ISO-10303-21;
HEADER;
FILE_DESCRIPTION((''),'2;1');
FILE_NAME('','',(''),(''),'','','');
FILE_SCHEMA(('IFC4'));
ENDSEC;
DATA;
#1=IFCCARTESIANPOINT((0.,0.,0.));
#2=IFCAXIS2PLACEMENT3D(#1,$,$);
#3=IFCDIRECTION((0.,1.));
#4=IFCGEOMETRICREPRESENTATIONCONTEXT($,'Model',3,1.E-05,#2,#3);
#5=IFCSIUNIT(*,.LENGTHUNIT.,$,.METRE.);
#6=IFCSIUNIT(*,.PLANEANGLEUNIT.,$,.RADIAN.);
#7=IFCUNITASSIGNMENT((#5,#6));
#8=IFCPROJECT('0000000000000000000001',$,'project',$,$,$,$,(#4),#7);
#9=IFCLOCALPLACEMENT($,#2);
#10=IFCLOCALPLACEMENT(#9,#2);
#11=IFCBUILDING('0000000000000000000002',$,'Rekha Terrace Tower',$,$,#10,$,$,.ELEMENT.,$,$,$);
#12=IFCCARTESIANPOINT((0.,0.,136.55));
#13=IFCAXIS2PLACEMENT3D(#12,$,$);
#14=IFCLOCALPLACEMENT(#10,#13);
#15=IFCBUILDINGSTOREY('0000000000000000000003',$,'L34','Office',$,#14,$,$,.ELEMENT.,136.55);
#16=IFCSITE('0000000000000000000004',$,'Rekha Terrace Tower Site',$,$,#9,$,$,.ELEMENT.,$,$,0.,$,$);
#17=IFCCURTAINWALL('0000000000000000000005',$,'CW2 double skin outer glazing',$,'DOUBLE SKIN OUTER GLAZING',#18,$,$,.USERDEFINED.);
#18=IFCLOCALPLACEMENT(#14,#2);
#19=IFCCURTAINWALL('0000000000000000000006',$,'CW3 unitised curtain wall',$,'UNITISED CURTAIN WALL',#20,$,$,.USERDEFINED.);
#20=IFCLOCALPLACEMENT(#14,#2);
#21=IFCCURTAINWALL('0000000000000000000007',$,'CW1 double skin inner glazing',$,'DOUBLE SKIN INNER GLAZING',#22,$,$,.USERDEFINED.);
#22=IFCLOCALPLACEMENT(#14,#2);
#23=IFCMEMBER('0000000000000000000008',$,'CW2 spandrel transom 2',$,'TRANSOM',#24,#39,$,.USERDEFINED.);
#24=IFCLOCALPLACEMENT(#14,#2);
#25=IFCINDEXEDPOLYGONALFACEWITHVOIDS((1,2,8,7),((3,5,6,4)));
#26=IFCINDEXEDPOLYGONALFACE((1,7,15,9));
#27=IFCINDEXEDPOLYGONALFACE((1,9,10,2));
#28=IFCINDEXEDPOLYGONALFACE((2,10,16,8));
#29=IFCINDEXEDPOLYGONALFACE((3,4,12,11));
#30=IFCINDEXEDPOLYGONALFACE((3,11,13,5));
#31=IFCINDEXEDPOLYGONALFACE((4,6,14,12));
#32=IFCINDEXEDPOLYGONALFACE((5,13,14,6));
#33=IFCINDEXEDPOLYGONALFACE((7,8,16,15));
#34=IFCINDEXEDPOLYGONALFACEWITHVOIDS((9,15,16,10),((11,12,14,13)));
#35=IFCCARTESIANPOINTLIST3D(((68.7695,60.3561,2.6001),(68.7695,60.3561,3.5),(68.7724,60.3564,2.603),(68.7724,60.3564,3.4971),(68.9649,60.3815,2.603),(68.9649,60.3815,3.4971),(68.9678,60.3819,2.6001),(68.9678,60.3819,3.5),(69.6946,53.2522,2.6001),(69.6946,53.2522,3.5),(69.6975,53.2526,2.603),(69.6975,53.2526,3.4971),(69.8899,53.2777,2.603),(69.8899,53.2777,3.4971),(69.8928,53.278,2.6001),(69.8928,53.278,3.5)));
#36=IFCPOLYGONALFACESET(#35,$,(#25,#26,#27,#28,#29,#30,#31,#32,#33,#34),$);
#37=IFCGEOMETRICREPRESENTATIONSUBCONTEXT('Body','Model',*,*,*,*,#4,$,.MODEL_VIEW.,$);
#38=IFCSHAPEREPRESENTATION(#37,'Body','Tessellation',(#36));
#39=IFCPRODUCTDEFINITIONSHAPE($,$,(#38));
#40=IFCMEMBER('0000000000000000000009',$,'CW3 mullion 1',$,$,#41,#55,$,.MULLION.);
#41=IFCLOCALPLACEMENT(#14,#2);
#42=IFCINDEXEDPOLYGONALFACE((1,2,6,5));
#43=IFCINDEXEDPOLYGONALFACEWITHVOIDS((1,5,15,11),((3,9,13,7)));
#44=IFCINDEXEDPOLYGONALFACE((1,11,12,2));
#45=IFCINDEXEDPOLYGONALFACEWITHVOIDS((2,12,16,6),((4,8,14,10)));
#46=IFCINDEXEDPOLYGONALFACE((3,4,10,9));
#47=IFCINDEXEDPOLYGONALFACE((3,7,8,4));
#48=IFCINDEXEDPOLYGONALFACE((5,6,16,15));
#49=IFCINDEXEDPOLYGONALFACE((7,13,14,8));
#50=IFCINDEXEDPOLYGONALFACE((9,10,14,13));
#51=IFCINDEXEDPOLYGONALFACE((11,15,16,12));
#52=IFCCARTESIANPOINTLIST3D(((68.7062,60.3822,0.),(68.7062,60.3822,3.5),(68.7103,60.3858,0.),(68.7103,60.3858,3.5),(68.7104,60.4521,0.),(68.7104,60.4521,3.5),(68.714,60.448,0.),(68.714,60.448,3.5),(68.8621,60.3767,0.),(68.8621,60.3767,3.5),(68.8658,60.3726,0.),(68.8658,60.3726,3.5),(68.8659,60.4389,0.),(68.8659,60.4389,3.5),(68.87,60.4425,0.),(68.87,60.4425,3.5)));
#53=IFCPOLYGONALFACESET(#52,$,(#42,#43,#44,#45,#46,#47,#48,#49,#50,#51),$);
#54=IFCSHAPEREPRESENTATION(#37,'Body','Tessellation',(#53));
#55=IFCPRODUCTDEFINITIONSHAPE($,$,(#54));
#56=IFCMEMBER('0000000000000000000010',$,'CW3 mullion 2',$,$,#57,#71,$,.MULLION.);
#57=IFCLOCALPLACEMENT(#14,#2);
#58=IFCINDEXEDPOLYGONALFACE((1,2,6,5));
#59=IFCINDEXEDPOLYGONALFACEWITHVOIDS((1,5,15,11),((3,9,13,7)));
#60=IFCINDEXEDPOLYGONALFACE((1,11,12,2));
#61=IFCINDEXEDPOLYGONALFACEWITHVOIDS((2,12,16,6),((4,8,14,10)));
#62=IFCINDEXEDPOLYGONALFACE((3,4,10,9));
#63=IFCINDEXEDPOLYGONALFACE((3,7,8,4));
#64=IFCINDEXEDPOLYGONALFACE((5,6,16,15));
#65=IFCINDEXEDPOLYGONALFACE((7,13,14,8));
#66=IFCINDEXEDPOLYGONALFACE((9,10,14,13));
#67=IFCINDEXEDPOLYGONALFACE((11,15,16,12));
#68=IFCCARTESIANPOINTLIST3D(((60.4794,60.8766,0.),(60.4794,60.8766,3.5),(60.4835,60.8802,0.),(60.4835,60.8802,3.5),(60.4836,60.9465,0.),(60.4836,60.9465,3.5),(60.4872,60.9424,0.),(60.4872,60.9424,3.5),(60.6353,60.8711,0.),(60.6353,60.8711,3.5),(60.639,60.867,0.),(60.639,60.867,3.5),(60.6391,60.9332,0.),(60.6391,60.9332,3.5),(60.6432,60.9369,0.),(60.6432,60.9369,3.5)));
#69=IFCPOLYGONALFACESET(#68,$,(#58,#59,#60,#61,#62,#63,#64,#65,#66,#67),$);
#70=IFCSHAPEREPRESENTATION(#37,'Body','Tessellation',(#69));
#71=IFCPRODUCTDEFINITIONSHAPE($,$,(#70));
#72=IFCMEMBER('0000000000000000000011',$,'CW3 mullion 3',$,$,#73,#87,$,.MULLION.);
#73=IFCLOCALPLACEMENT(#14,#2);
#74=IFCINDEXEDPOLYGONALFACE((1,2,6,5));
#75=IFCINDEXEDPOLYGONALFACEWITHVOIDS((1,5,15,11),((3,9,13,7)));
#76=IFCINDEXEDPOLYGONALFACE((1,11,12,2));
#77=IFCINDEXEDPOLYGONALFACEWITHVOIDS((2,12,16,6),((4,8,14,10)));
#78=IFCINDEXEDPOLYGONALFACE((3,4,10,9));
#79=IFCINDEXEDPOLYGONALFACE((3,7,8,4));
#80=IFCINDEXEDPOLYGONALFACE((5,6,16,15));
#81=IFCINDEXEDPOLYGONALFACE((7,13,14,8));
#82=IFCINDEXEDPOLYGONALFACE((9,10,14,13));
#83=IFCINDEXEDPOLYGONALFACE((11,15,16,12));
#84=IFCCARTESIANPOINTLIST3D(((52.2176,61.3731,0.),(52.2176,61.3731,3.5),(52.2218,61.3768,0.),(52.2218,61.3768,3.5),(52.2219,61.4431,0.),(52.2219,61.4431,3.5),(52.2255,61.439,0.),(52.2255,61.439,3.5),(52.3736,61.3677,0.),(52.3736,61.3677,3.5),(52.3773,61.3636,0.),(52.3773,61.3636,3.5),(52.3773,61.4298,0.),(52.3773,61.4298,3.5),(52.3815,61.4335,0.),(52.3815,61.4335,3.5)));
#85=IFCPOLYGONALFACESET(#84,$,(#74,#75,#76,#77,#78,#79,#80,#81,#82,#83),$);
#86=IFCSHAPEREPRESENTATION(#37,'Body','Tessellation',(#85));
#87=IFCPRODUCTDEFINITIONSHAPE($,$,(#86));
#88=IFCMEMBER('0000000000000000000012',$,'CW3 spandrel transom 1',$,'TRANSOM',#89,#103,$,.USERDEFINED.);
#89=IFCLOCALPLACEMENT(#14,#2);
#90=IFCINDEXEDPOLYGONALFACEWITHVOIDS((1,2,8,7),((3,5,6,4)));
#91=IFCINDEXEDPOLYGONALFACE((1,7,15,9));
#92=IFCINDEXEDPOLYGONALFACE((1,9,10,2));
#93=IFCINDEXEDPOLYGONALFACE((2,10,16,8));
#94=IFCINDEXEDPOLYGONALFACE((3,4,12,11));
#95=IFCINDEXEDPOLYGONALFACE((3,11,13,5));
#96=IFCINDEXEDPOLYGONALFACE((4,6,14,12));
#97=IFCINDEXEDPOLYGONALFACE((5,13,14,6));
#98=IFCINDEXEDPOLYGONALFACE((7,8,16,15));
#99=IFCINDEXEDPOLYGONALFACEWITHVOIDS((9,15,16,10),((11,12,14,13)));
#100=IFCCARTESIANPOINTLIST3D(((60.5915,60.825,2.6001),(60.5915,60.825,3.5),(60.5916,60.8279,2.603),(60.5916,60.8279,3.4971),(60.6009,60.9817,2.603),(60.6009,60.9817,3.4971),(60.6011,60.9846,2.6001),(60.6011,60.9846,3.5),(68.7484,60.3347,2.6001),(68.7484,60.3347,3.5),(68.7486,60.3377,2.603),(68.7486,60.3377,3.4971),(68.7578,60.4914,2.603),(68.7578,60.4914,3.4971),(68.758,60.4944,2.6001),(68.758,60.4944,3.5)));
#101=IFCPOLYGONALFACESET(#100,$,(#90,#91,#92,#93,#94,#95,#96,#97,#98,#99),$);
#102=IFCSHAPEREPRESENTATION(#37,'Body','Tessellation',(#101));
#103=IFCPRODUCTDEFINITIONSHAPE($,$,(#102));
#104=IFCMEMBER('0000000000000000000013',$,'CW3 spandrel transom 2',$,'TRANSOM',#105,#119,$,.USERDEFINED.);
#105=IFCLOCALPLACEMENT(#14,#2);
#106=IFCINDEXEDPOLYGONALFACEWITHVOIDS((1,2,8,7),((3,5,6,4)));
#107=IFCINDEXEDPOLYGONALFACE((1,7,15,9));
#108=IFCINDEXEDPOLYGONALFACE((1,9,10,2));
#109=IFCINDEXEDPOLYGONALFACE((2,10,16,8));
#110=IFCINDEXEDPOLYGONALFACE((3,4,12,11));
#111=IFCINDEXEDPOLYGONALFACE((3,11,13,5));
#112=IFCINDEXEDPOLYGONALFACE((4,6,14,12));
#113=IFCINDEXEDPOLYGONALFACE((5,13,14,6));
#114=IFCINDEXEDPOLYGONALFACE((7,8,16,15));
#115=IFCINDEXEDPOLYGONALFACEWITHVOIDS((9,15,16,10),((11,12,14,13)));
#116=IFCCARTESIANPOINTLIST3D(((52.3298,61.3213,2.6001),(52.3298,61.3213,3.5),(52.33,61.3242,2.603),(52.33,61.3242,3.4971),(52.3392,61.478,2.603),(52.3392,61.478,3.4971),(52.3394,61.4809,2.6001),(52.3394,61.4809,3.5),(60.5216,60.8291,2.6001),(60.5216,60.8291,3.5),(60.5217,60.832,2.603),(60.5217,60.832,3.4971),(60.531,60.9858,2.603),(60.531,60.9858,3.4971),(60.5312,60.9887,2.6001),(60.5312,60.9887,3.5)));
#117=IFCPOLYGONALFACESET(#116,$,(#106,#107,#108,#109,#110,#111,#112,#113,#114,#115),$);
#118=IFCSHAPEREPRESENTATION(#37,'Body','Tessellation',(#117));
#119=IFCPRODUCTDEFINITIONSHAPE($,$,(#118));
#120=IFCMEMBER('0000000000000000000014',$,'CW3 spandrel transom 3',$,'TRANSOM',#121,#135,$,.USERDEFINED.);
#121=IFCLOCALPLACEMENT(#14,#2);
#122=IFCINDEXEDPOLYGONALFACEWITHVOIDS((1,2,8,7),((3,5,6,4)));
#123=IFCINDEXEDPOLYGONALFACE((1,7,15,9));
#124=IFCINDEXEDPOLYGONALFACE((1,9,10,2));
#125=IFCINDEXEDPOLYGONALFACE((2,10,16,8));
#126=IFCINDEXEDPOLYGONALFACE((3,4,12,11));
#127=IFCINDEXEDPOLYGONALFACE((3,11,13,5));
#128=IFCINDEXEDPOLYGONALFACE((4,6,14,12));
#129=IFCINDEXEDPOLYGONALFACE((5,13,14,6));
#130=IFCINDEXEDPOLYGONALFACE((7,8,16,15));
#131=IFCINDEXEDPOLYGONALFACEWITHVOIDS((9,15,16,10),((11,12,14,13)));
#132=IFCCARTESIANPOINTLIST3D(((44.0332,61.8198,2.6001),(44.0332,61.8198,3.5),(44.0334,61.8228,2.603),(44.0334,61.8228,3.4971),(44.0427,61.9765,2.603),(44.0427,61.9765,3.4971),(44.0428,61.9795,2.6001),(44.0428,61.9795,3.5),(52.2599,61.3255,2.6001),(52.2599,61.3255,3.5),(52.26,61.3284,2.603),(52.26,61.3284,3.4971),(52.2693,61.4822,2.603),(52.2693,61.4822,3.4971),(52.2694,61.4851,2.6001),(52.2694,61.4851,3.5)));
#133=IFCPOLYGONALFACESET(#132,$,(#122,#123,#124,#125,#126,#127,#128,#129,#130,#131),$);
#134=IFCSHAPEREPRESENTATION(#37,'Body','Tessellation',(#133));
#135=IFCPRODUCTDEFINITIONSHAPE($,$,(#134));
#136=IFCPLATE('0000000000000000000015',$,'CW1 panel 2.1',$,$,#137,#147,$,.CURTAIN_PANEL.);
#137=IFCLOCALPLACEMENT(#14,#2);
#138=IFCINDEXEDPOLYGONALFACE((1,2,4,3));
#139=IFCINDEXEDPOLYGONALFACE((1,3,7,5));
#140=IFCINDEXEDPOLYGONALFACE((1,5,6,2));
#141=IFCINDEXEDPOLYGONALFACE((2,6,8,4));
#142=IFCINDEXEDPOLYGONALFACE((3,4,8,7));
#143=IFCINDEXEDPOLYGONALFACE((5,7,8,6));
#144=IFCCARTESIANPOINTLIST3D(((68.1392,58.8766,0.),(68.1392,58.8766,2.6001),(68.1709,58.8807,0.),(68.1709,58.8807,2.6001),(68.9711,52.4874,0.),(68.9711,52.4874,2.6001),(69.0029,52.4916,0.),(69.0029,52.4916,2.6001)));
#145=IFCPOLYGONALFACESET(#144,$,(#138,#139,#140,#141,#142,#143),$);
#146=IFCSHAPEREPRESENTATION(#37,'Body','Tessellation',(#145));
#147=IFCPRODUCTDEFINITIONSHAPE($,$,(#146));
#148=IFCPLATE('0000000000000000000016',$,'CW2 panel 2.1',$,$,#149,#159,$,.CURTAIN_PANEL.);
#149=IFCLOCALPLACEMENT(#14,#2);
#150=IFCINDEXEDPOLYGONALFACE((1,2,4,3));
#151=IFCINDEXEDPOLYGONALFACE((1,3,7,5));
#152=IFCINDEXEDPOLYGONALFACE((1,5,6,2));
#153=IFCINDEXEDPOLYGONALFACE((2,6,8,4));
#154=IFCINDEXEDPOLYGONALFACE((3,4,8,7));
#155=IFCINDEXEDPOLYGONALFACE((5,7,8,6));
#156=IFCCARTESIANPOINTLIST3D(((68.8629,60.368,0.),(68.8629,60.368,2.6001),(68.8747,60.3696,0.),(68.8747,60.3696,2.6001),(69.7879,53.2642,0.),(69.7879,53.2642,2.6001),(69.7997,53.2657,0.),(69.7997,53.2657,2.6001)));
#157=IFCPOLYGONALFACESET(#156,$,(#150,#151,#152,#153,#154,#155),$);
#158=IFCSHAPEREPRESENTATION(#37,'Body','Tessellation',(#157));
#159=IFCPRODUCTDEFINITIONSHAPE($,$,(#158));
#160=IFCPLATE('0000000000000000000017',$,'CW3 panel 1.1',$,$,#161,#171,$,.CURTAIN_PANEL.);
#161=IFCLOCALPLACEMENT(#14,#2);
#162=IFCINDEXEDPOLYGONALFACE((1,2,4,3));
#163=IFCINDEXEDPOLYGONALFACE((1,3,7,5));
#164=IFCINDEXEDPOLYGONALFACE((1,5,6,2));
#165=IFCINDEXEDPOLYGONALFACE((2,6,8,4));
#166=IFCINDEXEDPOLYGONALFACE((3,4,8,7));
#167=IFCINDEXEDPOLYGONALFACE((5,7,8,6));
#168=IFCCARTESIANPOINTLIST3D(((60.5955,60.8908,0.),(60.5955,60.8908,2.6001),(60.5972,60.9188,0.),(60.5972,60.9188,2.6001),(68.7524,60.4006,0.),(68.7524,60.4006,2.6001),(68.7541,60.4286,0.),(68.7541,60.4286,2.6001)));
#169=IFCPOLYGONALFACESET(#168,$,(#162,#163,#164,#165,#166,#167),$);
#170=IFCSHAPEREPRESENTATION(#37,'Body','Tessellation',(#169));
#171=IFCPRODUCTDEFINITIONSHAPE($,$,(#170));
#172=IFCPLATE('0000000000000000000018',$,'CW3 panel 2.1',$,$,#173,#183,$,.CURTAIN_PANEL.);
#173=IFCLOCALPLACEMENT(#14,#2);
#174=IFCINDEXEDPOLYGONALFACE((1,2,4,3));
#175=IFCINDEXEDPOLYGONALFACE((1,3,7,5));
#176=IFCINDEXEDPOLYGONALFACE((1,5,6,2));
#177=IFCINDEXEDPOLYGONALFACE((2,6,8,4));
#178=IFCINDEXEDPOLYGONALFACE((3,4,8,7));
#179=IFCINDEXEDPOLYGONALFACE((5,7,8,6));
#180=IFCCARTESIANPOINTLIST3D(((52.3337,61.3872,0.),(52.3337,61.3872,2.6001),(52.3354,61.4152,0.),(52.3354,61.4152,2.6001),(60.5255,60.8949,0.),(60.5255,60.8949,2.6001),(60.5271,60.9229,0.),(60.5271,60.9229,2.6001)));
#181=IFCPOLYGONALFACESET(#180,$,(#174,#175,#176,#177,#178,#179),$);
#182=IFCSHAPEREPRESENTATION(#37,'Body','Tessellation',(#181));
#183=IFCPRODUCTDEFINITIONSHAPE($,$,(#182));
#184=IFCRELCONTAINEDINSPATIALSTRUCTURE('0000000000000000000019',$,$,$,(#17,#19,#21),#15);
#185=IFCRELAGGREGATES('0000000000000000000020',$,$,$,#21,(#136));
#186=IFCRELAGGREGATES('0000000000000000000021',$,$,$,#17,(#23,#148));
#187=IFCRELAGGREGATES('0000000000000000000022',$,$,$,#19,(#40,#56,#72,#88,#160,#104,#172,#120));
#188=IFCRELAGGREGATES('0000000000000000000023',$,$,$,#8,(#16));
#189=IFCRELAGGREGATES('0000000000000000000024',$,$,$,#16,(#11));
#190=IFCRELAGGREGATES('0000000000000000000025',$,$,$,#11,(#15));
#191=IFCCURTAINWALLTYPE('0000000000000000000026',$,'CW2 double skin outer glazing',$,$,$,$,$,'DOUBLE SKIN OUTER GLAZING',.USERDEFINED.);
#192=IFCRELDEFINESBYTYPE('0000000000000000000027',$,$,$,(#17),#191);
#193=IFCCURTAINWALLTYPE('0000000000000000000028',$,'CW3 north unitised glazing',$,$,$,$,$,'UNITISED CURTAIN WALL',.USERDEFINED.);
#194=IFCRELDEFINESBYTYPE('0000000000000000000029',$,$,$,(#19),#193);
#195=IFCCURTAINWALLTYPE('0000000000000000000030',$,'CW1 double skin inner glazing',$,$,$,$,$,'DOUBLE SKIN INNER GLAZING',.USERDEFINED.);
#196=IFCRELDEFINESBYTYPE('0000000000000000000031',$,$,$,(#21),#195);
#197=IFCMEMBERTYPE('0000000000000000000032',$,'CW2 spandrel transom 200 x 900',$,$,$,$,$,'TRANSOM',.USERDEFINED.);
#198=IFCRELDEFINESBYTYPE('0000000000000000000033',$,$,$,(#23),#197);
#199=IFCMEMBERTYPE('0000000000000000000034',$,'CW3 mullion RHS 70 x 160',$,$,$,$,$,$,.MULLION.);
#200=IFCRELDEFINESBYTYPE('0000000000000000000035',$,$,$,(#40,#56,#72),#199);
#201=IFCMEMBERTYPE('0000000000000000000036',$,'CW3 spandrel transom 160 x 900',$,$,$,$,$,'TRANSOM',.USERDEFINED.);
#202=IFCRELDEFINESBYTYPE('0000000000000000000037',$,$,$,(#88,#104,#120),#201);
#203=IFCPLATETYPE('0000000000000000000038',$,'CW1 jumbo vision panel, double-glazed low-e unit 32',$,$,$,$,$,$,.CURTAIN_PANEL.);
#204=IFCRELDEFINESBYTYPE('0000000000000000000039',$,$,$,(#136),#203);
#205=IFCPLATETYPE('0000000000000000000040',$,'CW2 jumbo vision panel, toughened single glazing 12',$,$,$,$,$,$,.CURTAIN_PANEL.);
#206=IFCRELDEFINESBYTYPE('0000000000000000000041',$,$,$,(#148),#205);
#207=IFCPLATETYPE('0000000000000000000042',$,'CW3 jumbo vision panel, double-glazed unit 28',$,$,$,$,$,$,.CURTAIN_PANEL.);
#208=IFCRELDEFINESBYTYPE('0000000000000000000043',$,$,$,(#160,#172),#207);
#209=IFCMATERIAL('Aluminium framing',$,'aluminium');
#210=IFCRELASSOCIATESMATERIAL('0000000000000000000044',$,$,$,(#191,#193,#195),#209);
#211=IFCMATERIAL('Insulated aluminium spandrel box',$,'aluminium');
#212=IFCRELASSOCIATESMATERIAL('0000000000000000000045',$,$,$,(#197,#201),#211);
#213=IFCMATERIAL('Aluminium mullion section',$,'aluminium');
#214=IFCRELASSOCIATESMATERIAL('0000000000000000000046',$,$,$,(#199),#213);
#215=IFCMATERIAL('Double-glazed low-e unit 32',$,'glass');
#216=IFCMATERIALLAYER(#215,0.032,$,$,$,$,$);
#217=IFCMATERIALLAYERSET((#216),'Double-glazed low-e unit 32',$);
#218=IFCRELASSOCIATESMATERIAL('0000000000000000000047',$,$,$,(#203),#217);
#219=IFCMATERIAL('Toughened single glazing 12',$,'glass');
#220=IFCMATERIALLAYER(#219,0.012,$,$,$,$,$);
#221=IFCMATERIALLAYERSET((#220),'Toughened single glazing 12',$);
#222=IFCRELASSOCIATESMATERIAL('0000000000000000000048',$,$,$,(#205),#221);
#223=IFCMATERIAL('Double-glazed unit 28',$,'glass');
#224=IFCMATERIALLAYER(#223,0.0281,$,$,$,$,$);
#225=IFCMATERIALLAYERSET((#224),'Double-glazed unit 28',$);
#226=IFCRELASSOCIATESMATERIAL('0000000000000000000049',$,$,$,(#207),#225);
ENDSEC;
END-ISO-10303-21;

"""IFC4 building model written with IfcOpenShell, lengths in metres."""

from ifc_helpers import new_model, si_unit, direction, frame, origin, origin_2d, place, context, subcontext, project, spatial, rectangle, hollow_rectangle, extrude, material, layer, layer_set, material_profile, profile_set, type_object, element, aggregate, save


model = new_model("IFC4")

# Units and contexts
model_context = context("Model", 3, precision=1e-05, world=origin(), true_north=direction((0.0, 1.0)))
body_context = subcontext(model_context, "Body", "Model", "MODEL_VIEW")
ifc_project = project(units=[si_unit("LENGTHUNIT", "METRE"), si_unit("PLANEANGLEUNIT", "RADIAN")], contexts=[model_context])

# Site, building, storey
site_placement = place(None, origin())
site = spatial("IfcSite", under=ifc_project, at=site_placement, Name="Rekha Terrace Tower Site", CompositionType="ELEMENT", RefElevation=0.0)
building_placement = place(site_placement, origin())
building = spatial("IfcBuilding", under=site, at=building_placement, Name="Rekha Terrace Tower", CompositionType="ELEMENT")
storey_placement = place(building_placement, frame((0.0, 0.0, 136.55)))
storey = spatial("IfcBuildingStorey", under=building, at=storey_placement, Name="L34", Description="Office", CompositionType="ELEMENT", Elevation=136.55)

# Curtain wall
ifc_material_1 = material(Name="Aluminium framing", Category="aluminium")
curtain_wall_type_1 = type_object("IfcCurtainWallType", Name="CW2 double skin outer glazing", ElementType="DOUBLE SKIN OUTER GLAZING", PredefinedType="USERDEFINED", material=ifc_material_1)
curtain_wall_1_placement = place(storey_placement, origin())
curtain_wall_1 = element("IfcCurtainWall", 1, at=curtain_wall_1_placement, inside=storey, type_object=curtain_wall_type_1, Name="CW2 double skin outer glazing", ObjectType="DOUBLE SKIN OUTER GLAZING", PredefinedType="USERDEFINED")

# Curtain walls
curtain_wall_type_2 = type_object("IfcCurtainWallType", Name="CW3 north unitised glazing", ElementType="UNITISED CURTAIN WALL", PredefinedType="USERDEFINED", material=ifc_material_1)
curtain_wall_2_placement = place(storey_placement, origin())
curtain_wall_2 = element("IfcCurtainWall", 2, at=curtain_wall_2_placement, inside=storey, type_object=curtain_wall_type_2, Name="CW3 unitised curtain wall", ObjectType="UNITISED CURTAIN WALL", PredefinedType="USERDEFINED")
curtain_wall_type_3 = type_object("IfcCurtainWallType", Name="CW1 double skin inner glazing", ElementType="DOUBLE SKIN INNER GLAZING", PredefinedType="USERDEFINED", material=ifc_material_1)
curtain_wall_3_placement = place(storey_placement, origin())
curtain_wall_3 = element("IfcCurtainWall", 3, at=curtain_wall_3_placement, inside=storey, type_object=curtain_wall_type_3, Name="CW1 double skin inner glazing", ObjectType="DOUBLE SKIN INNER GLAZING", PredefinedType="USERDEFINED")
ifc_material_2 = material(Name="Aluminium mullion section", Category="aluminium")
ifc_material_3 = material(Name="Insulated aluminium spandrel box", Category="aluminium")

# Members
ifc_material_profile_1 = material_profile(ifc_material_3, hollow_rectangle(XDim=0.2, YDim=0.8999, WallThickness=0.0029, at=origin_2d()), Name="AL SPANDREL BOX 200x900")
ifc_profile_set_1 = profile_set([ifc_material_profile_1], Name="Insulated aluminium spandrel box")
member_type_1 = type_object("IfcMemberType", Name="CW2 spandrel transom 200 x 900", ElementType="TRANSOM", PredefinedType="USERDEFINED", material=ifc_profile_set_1)
member_1_placement = place(storey_placement, frame((69.7937, 53.2651, 3.05), z_axis=(-0.129129, 0.991628, 0.0), x_axis=(-0.991628, -0.129129, 0.0)))
member_1 = element("IfcMember", 4, at=member_1_placement, type_object=member_type_1, Name="CW2 spandrel transom 2", ObjectType="TRANSOM", PredefinedType="USERDEFINED", context=body_context, shape_type="SweptSolid", body=[
    extrude(hollow_rectangle(XDim=0.2, YDim=0.8999, WallThickness=0.0029, at=origin_2d()), origin(), (0.0, 0.0, 1.0), 7.1638),
])
ifc_material_profile_2 = material_profile(ifc_material_2, hollow_rectangle(XDim=0.0701, YDim=0.1599, WallThickness=0.0039, at=origin_2d()), Name="AL RHS 70x160")
ifc_profile_set_2 = profile_set([ifc_material_profile_2], Name="Aluminium mullion section")
member_type_2 = type_object("IfcMemberType", Name="CW3 mullion RHS 70 x 160", PredefinedType="MULLION", material=ifc_profile_set_2)
member_2_placement = place(storey_placement, frame((68.7881, 60.4124, 0.0), z_axis=(0.0, 0.0, 1.0), x_axis=(-0.059988, -0.998199, 0.0)))
member_2 = element("IfcMember", 5, at=member_2_placement, type_object=member_type_2, Name="CW3 mullion 1", PredefinedType="MULLION", context=body_context, shape_type="SweptSolid", body=[
    extrude(hollow_rectangle(XDim=0.0701, YDim=0.1599, WallThickness=0.0039, at=origin_2d()), origin(), (0.0, 0.0, 1.0), 3.5),
])
member_3_placement = place(storey_placement, frame((60.5613, 60.9067, 0.0), z_axis=(0.0, 0.0, 1.0), x_axis=(-0.059988, -0.998199, 0.0)))
member_3 = element("IfcMember", 6, at=member_3_placement, type_object=member_type_2, Name="CW3 mullion 2", PredefinedType="MULLION", context=body_context, shape_type="SweptSolid", body=[
    extrude(hollow_rectangle(XDim=0.0701, YDim=0.1599, WallThickness=0.0039, at=origin_2d()), origin(), (0.0, 0.0, 1.0), 3.5),
])
member_4_placement = place(storey_placement, frame((52.2996, 61.4033, 0.0), z_axis=(0.0, 0.0, 1.0), x_axis=(-0.059988, -0.998199, 0.0)))
member_4 = element("IfcMember", 7, at=member_4_placement, type_object=member_type_2, Name="CW3 mullion 3", PredefinedType="MULLION", context=body_context, shape_type="SweptSolid", body=[
    extrude(hollow_rectangle(XDim=0.0701, YDim=0.1599, WallThickness=0.0039, at=origin_2d()), origin(), (0.0, 0.0, 1.0), 3.5),
])
ifc_material_profile_3 = material_profile(ifc_material_3, hollow_rectangle(XDim=0.1599, YDim=0.8999, WallThickness=0.0029, at=origin_2d()), Name="AL SPANDREL BOX 160x900")
ifc_profile_set_3 = profile_set([ifc_material_profile_3], Name="Insulated aluminium spandrel box")
member_type_3 = type_object("IfcMemberType", Name="CW3 spandrel transom 160 x 900", ElementType="TRANSOM", PredefinedType="USERDEFINED", material=ifc_profile_set_3)
member_5_placement = place(storey_placement, frame((68.7532, 60.4146, 3.05), z_axis=(-0.998199, 0.059992, 0.0), x_axis=(-0.059992, -0.998199, 0.0)))
member_5 = element("IfcMember", 8, at=member_5_placement, type_object=member_type_3, Name="CW3 spandrel transom 1", ObjectType="TRANSOM", PredefinedType="USERDEFINED", context=body_context, shape_type="SweptSolid", body=[
    extrude(hollow_rectangle(XDim=0.1599, YDim=0.8999, WallThickness=0.0029, at=origin_2d()), origin(), (0.0, 0.0, 1.0), 8.1716),
])
member_6_placement = place(storey_placement, frame((60.5264, 60.9089, 3.05), z_axis=(-0.9982, 0.059976, 0.0), x_axis=(-0.059976, -0.9982, 0.0)))
member_6 = element("IfcMember", 9, at=member_6_placement, type_object=member_type_3, Name="CW3 spandrel transom 2", ObjectType="TRANSOM", PredefinedType="USERDEFINED", context=body_context, shape_type="SweptSolid", body=[
    extrude(hollow_rectangle(XDim=0.1599, YDim=0.8999, WallThickness=0.0029, at=origin_2d()), origin(), (0.0, 0.0, 1.0), 8.2065),
])
member_7_placement = place(storey_placement, frame((52.2646, 61.4053, 3.05), z_axis=(-0.998199, 0.059988, 0.0), x_axis=(-0.059988, -0.998199, 0.0)))
member_7 = element("IfcMember", 10, at=member_7_placement, type_object=member_type_3, Name="CW3 spandrel transom 3", ObjectType="TRANSOM", PredefinedType="USERDEFINED", context=body_context, shape_type="SweptSolid", body=[
    extrude(hollow_rectangle(XDim=0.1599, YDim=0.8999, WallThickness=0.0029, at=origin_2d()), origin(), (0.0, 0.0, 1.0), 8.2415),
])

# Plates
ifc_material_4 = material(Name="Double-glazed low-e unit 32", Category="glass")
ifc_layer_1 = layer(ifc_material_4, 0.032)
ifc_layer_set_1 = layer_set([ifc_layer_1], Name="Double-glazed low-e unit 32")
plate_type_1 = type_object("IfcPlateType", Name="CW1 jumbo vision panel, double-glazed low-e unit 32", PredefinedType="CURTAIN_PANEL", material=ifc_layer_set_1)
plate_1_placement = place(storey_placement, frame((68.571, 55.6841, 0.0), z_axis=(0.0, 0.0, 1.0), x_axis=(-0.129118, 0.991629, 0.0)))
plate_1 = element("IfcPlate", 11, at=plate_1_placement, type_object=plate_type_1, Name="CW1 panel 2.1", PredefinedType="CURTAIN_PANEL", context=body_context, shape_type="SweptSolid", body=[
    extrude(rectangle(XDim=6.4431, YDim=0.032, at=origin_2d()), origin(), (0.0, 0.0, 1.0), 2.6001),
])
aggregate(curtain_wall_3, [plate_1])
ifc_material_5 = material(Name="Toughened single glazing 12", Category="glass")
ifc_layer_2 = layer(ifc_material_5, 0.012)
ifc_layer_set_2 = layer_set([ifc_layer_2], Name="Toughened single glazing 12")
plate_type_2 = type_object("IfcPlateType", Name="CW2 jumbo vision panel, toughened single glazing 12", PredefinedType="CURTAIN_PANEL", material=ifc_layer_set_2)
plate_2_placement = place(storey_placement, frame((69.3313, 56.8169, 0.0), z_axis=(0.0, 0.0, 1.0), x_axis=(-0.129118, 0.991629, 0.0)))
plate_2 = element("IfcPlate", 12, at=plate_2_placement, type_object=plate_type_2, Name="CW2 panel 2.1", PredefinedType="CURTAIN_PANEL", context=body_context, shape_type="SweptSolid", body=[
    extrude(rectangle(XDim=7.1638, YDim=0.012, at=origin_2d()), origin(), (0.0, 0.0, 1.0), 2.6001),
])
aggregate(curtain_wall_1, [member_1, plate_2])
ifc_material_6 = material(Name="Double-glazed unit 28", Category="glass")
ifc_layer_3 = layer(ifc_material_6, 0.0281)
ifc_layer_set_3 = layer_set([ifc_layer_3], Name="Double-glazed unit 28")
plate_type_3 = type_object("IfcPlateType", Name="CW3 jumbo vision panel, double-glazed unit 28", PredefinedType="CURTAIN_PANEL", material=ifc_layer_set_3)
plate_3_placement = place(storey_placement, frame((64.6748, 60.6597, 0.0), z_axis=(0.0, 0.0, 1.0), x_axis=(-0.998199, 0.059988, 0.0)))
plate_3 = element("IfcPlate", 13, at=plate_3_placement, type_object=plate_type_3, Name="CW3 panel 1.1", PredefinedType="CURTAIN_PANEL", context=body_context, shape_type="SweptSolid", body=[
    extrude(rectangle(XDim=8.1716, YDim=0.0281, at=origin_2d()), origin(), (0.0, 0.0, 1.0), 2.6001),
])
plate_4_placement = place(storey_placement, frame((56.4304, 61.155, 0.0), z_axis=(0.0, 0.0, 1.0), x_axis=(-0.998199, 0.059988, 0.0)))
plate_4 = element("IfcPlate", 14, at=plate_4_placement, type_object=plate_type_3, Name="CW3 panel 2.1", PredefinedType="CURTAIN_PANEL", context=body_context, shape_type="SweptSolid", body=[
    extrude(rectangle(XDim=8.2065, YDim=0.0281, at=origin_2d()), origin(), (0.0, 0.0, 1.0), 2.6001),
])
aggregate(curtain_wall_2, [member_2, member_3, member_4, member_5, plate_3, member_6, plate_4, member_7])

save(model, "model.ifc")
